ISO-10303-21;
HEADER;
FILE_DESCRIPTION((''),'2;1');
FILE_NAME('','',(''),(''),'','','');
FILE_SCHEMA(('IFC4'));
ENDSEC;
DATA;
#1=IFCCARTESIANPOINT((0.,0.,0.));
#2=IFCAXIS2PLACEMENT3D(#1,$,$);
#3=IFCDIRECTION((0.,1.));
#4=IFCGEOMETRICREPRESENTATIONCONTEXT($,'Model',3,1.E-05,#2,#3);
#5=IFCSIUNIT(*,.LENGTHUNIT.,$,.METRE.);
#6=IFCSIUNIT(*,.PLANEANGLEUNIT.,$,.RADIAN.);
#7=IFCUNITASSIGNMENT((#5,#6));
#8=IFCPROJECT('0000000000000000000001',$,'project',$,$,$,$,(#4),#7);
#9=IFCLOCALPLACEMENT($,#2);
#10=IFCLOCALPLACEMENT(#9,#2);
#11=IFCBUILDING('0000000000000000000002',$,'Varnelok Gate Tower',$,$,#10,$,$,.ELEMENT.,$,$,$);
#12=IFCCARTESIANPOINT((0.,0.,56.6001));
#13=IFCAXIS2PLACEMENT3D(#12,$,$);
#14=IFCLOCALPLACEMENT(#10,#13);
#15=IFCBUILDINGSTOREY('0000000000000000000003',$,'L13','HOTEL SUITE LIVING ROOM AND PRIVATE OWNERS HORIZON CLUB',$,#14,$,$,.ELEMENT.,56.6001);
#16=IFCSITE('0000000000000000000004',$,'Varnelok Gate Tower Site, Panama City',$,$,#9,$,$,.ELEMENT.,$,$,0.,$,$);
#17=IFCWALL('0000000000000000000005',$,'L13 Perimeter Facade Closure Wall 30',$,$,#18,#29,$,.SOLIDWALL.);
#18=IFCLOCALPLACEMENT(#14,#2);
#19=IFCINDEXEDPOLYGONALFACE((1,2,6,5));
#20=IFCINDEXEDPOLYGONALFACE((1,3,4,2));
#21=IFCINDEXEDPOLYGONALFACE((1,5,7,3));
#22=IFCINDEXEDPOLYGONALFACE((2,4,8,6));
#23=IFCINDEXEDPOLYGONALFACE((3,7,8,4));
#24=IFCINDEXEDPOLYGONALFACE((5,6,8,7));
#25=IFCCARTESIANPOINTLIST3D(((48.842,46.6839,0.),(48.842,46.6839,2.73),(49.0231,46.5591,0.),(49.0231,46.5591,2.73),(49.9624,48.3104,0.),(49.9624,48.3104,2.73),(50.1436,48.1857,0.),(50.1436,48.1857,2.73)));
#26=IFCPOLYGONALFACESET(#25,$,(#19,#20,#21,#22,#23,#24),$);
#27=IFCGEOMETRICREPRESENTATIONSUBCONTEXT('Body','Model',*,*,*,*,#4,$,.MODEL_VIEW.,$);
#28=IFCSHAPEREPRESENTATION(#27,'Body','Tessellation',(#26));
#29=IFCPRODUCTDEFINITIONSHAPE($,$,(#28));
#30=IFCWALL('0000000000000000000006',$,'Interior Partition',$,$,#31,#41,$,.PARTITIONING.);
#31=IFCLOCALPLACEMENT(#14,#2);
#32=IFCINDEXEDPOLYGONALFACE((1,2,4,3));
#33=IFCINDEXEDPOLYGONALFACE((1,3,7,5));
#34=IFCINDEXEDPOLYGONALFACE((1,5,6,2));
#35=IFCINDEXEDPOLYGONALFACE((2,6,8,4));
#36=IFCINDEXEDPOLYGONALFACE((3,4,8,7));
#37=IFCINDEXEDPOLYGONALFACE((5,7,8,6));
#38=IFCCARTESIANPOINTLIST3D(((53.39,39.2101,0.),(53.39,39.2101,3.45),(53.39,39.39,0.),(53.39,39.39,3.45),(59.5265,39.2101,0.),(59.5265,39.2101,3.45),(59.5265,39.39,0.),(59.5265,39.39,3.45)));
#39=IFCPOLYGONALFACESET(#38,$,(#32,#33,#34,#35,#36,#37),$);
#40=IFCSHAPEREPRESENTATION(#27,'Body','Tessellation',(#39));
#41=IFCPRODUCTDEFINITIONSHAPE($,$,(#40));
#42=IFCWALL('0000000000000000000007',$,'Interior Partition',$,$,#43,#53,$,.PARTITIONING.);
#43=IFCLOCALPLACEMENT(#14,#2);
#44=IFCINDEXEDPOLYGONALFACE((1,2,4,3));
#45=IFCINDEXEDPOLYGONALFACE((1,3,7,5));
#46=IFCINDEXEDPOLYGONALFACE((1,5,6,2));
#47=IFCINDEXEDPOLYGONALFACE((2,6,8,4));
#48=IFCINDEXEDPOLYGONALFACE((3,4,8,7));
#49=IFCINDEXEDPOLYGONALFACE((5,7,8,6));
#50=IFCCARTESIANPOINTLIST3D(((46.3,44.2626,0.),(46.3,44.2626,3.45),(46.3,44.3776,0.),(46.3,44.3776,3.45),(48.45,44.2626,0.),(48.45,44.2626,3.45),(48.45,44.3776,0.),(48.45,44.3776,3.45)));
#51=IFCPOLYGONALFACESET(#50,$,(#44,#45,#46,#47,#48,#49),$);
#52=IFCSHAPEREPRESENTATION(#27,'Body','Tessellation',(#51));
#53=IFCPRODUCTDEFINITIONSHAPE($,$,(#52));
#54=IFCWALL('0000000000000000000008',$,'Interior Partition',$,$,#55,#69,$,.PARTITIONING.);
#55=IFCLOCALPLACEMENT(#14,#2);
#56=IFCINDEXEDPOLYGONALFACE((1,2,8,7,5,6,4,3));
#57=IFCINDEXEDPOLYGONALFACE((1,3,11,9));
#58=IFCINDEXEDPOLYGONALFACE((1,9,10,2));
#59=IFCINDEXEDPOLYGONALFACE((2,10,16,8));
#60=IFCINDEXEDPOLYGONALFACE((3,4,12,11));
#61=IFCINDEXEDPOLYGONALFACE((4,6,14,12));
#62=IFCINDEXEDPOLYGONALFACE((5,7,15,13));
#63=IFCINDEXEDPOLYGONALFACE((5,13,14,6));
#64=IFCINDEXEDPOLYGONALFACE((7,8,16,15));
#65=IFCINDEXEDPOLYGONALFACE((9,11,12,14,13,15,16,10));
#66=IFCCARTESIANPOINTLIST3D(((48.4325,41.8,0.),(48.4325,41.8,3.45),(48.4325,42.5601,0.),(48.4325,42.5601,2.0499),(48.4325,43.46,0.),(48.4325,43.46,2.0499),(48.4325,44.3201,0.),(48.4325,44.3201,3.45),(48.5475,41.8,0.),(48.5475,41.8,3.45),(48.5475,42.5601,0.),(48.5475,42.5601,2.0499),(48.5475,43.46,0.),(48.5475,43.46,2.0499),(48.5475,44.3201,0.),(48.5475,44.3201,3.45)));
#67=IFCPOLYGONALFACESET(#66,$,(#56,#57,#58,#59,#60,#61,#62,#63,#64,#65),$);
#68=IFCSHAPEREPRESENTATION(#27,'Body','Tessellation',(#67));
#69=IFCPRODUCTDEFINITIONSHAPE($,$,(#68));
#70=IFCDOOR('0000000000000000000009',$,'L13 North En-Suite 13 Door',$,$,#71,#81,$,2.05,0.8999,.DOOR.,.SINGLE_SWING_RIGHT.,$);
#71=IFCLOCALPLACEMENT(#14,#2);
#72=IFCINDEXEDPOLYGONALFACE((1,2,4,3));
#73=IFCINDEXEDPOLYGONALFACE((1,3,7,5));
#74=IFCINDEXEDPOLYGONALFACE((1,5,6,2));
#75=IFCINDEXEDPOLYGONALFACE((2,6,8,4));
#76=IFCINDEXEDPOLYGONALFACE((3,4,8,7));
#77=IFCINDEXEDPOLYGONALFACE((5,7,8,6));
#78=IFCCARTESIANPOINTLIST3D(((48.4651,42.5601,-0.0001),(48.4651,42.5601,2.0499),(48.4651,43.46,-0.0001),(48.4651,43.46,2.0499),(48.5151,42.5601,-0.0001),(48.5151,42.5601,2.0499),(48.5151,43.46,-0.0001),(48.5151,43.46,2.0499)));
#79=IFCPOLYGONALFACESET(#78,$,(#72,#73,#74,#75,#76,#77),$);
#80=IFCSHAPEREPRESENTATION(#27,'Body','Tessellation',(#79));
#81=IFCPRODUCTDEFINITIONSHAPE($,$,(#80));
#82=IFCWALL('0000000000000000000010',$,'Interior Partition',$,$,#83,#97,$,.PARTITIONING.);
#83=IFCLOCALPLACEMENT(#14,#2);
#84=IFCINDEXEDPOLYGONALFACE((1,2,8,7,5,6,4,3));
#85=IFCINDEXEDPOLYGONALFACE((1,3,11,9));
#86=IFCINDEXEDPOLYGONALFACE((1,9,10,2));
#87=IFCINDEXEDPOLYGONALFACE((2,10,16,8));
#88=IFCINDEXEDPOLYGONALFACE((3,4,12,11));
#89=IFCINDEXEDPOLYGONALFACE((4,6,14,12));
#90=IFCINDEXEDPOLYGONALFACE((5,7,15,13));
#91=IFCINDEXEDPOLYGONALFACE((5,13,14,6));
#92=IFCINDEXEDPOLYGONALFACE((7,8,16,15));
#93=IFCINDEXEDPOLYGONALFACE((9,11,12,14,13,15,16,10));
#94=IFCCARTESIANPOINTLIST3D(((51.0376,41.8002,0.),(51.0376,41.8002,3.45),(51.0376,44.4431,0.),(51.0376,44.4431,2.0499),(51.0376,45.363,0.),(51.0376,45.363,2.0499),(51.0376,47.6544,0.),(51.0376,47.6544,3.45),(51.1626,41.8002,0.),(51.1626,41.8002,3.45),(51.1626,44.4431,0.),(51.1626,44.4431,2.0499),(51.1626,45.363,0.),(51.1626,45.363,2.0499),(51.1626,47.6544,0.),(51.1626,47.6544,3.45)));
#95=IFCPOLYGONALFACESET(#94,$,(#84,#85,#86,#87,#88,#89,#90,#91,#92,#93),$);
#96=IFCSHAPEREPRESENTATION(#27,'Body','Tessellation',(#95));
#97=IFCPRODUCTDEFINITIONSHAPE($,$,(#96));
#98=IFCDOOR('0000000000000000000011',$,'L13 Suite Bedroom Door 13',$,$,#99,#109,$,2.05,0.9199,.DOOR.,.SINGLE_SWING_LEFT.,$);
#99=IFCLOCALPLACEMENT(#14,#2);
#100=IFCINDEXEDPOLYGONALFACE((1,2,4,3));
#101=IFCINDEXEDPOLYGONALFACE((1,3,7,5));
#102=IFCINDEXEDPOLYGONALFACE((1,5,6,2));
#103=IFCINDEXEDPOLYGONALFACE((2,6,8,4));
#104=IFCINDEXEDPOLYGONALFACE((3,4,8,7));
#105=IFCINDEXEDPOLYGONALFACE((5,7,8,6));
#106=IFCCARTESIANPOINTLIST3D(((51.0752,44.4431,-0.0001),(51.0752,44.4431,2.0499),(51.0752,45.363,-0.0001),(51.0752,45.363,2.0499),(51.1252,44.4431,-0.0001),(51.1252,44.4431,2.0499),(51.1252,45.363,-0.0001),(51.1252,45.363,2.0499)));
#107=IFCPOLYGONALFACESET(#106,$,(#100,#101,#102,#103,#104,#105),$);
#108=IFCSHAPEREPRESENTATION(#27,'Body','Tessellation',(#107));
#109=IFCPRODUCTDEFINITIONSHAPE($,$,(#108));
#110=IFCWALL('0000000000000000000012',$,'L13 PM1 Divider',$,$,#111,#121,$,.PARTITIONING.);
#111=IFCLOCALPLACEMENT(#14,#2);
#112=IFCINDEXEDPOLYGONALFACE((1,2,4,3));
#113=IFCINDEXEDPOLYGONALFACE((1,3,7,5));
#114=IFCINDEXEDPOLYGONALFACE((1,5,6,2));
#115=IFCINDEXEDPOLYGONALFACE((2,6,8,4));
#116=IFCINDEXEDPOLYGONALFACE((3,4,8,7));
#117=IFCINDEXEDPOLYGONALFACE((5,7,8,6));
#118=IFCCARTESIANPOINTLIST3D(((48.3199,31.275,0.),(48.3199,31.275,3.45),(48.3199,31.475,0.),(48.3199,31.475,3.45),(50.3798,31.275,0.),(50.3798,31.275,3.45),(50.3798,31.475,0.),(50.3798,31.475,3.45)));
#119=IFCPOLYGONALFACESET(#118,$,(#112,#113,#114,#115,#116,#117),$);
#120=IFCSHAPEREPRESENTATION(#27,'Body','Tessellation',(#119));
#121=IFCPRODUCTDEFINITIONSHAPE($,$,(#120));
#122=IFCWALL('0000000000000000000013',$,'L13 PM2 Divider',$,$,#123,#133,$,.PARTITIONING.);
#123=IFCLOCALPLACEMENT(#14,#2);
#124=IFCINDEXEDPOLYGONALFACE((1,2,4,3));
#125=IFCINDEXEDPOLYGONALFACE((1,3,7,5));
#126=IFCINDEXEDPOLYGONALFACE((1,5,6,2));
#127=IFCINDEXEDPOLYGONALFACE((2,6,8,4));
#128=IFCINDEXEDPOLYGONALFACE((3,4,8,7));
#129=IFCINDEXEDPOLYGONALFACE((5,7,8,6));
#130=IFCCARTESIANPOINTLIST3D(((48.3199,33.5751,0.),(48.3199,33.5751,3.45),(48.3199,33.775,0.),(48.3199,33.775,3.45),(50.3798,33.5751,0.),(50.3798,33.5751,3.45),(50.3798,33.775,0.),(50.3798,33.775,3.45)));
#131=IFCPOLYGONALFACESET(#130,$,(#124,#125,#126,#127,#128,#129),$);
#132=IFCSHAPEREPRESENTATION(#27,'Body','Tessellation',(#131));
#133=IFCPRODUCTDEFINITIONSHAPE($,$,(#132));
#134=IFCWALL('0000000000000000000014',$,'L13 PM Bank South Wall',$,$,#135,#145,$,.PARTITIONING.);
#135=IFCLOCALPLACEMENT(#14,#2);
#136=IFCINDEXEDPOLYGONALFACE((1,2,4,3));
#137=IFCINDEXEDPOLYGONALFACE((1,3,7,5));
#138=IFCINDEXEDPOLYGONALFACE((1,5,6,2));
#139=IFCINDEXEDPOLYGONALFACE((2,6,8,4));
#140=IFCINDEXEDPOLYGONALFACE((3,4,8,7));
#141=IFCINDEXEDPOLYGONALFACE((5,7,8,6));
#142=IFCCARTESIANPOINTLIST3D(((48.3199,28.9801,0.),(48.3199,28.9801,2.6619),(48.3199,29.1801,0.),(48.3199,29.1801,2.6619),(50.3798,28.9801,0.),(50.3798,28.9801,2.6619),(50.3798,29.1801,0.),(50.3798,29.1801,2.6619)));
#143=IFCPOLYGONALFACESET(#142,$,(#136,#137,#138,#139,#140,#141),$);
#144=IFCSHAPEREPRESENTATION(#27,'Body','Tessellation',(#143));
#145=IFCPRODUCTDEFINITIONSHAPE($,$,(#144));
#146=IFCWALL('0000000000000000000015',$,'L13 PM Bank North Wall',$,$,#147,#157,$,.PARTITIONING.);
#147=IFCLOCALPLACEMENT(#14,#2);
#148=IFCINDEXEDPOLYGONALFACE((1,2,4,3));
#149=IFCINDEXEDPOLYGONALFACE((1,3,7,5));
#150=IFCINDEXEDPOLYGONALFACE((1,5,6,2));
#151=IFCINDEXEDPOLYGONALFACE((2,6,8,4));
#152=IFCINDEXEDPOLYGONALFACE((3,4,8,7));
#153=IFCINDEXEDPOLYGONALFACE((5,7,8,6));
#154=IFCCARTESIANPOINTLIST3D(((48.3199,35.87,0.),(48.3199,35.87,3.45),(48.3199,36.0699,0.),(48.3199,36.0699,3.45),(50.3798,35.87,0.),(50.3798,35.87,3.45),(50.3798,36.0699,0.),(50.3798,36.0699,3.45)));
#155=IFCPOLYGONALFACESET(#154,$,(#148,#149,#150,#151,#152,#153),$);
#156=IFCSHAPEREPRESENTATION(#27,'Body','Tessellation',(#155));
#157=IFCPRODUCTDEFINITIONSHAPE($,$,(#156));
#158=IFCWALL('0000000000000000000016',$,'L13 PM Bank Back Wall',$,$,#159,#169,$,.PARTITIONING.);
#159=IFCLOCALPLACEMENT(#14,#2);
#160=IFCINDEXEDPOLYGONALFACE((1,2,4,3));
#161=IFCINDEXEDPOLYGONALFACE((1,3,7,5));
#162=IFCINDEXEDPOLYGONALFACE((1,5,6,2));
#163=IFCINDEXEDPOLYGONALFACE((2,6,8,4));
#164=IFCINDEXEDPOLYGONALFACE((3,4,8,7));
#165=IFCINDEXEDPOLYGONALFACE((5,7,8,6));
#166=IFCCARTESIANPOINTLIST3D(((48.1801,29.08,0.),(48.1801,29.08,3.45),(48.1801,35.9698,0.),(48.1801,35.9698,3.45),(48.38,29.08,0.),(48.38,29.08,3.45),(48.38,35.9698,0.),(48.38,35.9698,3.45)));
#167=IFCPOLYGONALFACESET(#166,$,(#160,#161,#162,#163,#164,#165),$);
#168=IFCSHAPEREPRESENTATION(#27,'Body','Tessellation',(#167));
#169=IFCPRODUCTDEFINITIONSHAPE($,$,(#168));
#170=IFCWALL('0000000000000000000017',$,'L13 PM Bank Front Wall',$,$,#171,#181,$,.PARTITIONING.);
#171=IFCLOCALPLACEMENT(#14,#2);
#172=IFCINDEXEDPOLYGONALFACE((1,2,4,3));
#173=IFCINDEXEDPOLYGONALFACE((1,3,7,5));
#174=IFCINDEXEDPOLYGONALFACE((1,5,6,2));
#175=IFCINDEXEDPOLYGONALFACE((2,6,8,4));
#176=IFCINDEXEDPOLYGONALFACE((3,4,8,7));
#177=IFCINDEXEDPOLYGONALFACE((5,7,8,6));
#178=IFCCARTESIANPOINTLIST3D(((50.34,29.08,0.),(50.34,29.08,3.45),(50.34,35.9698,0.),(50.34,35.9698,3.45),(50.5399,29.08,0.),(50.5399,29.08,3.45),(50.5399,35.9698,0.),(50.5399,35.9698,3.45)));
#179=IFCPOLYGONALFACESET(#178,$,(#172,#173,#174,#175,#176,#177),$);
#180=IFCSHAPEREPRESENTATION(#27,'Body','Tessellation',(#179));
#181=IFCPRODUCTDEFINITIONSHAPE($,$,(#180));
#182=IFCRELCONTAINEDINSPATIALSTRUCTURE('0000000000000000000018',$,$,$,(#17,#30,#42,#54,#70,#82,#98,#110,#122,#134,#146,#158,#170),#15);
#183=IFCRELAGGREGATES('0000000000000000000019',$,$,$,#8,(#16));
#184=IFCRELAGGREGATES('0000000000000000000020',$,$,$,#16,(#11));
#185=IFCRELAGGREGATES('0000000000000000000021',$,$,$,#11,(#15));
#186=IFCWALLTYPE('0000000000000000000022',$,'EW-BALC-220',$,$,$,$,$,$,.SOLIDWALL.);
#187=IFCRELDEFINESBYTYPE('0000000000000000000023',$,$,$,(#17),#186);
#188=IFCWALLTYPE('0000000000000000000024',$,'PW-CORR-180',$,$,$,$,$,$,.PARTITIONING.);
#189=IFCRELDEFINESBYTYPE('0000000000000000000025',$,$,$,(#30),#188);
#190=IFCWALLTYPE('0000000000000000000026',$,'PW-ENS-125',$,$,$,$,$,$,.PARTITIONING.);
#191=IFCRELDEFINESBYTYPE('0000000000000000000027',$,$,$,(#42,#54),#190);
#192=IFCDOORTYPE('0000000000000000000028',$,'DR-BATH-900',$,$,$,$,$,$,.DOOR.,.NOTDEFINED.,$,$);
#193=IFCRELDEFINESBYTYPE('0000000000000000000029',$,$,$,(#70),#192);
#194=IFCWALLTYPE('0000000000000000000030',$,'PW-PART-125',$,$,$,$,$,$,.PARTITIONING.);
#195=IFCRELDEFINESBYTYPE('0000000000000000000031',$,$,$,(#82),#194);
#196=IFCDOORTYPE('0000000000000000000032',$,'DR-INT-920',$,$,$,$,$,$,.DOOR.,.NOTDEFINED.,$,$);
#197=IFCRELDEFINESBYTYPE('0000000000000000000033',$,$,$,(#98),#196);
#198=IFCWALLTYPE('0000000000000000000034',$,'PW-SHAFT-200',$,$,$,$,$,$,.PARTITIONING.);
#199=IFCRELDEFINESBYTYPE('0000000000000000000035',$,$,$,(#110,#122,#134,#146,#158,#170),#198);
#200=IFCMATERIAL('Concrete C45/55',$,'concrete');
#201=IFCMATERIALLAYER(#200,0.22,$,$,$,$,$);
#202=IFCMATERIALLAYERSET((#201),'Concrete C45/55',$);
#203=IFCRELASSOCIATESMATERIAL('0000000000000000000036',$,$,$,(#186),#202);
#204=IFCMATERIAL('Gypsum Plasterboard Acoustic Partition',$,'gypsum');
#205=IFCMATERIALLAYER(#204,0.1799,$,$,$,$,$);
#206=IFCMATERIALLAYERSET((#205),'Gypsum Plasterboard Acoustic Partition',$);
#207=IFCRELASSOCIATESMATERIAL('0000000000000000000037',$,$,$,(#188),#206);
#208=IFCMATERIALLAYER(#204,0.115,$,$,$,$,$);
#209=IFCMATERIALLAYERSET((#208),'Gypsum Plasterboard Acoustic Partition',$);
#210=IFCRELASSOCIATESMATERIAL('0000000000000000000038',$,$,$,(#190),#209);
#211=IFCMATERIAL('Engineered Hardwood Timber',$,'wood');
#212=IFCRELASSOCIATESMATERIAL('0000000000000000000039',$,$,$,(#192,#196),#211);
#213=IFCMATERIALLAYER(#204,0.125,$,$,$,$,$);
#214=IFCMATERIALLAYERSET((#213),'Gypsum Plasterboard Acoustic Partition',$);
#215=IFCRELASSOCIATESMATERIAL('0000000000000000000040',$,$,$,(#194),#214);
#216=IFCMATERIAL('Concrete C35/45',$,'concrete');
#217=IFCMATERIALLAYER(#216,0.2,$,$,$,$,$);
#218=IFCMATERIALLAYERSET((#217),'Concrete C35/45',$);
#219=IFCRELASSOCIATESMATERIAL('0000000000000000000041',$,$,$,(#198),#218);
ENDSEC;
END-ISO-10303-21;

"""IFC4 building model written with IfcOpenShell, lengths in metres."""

from ifc_helpers import new_model, si_unit, direction, frame, frame_2d, origin, place, context, subcontext, project, spatial, rectangle, extrude, material, layer, layer_set, type_object, element, fill, save


model = new_model("IFC4")

# Units and contexts
model_context = context("Model", 3, precision=1e-05, world=origin(), true_north=direction((0.0, 1.0)))
body_context = subcontext(model_context, "Body", "Model", "MODEL_VIEW")
ifc_project = project(units=[si_unit("LENGTHUNIT", "METRE"), si_unit("PLANEANGLEUNIT", "RADIAN")], contexts=[model_context])

# Site, building, storey
site_placement = place(None, origin())
site = spatial("IfcSite", under=ifc_project, at=site_placement, Name="Varnelok Gate Tower Site, Panama City", CompositionType="ELEMENT", RefElevation=0.0)
building_placement = place(site_placement, origin())
building = spatial("IfcBuilding", under=site, at=building_placement, Name="Varnelok Gate Tower", CompositionType="ELEMENT")
storey_placement = place(building_placement, frame((0.0, 0.0, 56.6001)))
storey = spatial("IfcBuildingStorey", under=building, at=storey_placement, Name="L13", Description="HOTEL SUITE LIVING ROOM AND PRIVATE OWNERS HORIZON CLUB", CompositionType="ELEMENT", Elevation=56.6001)

# Walls
ifc_material_1 = material(Name="Concrete C45/55", Category="concrete")
ifc_layer_1 = layer(ifc_material_1, 0.22)
ifc_layer_set_1 = layer_set([ifc_layer_1], Name="Concrete C45/55")
wall_type_1 = type_object("IfcWallType", Name="EW-BALC-220", PredefinedType="SOLIDWALL", material=ifc_layer_set_1)
wall_1_placement = place(storey_placement, frame((50.053, 48.248, 0.0), z_axis=(0.0, 0.0, 1.0), x_axis=(-0.567274, -0.823529, 0.0)))
element("IfcWall", 1, at=wall_1_placement, inside=storey, type_object=wall_type_1, Name="L13 Perimeter Facade Closure Wall 30", PredefinedType="SOLIDWALL", context=body_context, shape_type="SweptSolid", body=[
    extrude(rectangle(XDim=1.9751, YDim=0.22, at=frame_2d((0.9875, 0.0))), origin(), (0.0, 0.0, 1.0), 2.73),
])
ifc_material_2 = material(Name="Gypsum Plasterboard Acoustic Partition", Category="gypsum")
ifc_layer_2 = layer(ifc_material_2, 0.1799)
ifc_layer_set_2 = layer_set([ifc_layer_2], Name="Gypsum Plasterboard Acoustic Partition")
wall_type_2 = type_object("IfcWallType", Name="PW-CORR-180", PredefinedType="PARTITIONING", material=ifc_layer_set_2)
wall_2_placement = place(storey_placement, frame((53.3899, 39.3, 0.0), z_axis=(0.0, 0.0, 1.0), x_axis=(1.0, 0.0, 0.0)))
element("IfcWall", 2, at=wall_2_placement, inside=storey, type_object=wall_type_2, Name="Interior Partition", PredefinedType="PARTITIONING", context=body_context, shape_type="SweptSolid", body=[
    extrude(rectangle(XDim=6.1365, YDim=0.1799, at=frame_2d((3.0684, 0.0))), origin(), (0.0, 0.0, 1.0), 3.45),
])
ifc_layer_3 = layer(ifc_material_2, 0.115)
ifc_layer_set_3 = layer_set([ifc_layer_3], Name="Gypsum Plasterboard Acoustic Partition")
wall_type_3 = type_object("IfcWallType", Name="PW-ENS-125", PredefinedType="PARTITIONING", material=ifc_layer_set_3)
wall_3_placement = place(storey_placement, frame((46.3, 44.3201, 0.0), z_axis=(0.0, 0.0, 1.0), x_axis=(1.0, 0.0, 0.0)))
element("IfcWall", 3, at=wall_3_placement, inside=storey, type_object=wall_type_3, Name="Interior Partition", PredefinedType="PARTITIONING", context=body_context, shape_type="SweptSolid", body=[
    extrude(rectangle(XDim=2.1499, YDim=0.115, at=frame_2d((1.075, 0.0))), origin(), (0.0, 0.0, 1.0), 3.45),
])

# Walls, openings, doors
wall_4_placement = place(storey_placement, frame((48.49, 41.8, 0.0), z_axis=(0.0, 0.0, 1.0), x_axis=(0.0, 1.0, 0.0)))
wall_4 = element("IfcWall", 4, at=wall_4_placement, inside=storey, type_object=wall_type_3, Name="Interior Partition", PredefinedType="PARTITIONING", context=body_context, shape_type="SweptSolid", body=[
    extrude(rectangle(XDim=2.52, YDim=0.115, at=frame_2d((1.26, 0.0))), origin(), (0.0, 0.0, 1.0), 3.45),
])
opening_1_placement = place(wall_4_placement, frame((0.76, 0.0, 0.0)))
opening_1 = element("IfcOpeningElement", 5, at=opening_1_placement, cuts=wall_4, PredefinedType="OPENING", context=body_context, shape_type="SweptSolid", body=[
    extrude(rectangle(XDim=0.8999, YDim=2.05, at=frame_2d((0.45, 1.0249))), frame((0.0, 0.0674, 0.0), z_axis=(0.0, -1.0, 0.0), x_axis=(1.0, 0.0, 0.0)), (0.0, 0.0, 1.0), 0.135),
])
ifc_material_3 = material(Name="Engineered Hardwood Timber", Category="wood")
door_type_1 = type_object("IfcDoorType", Name="DR-BATH-900", OperationType="NOTDEFINED", PredefinedType="DOOR", material=ifc_material_3)
door_1_placement = place(opening_1_placement, origin())
door_1 = element("IfcDoor", 6, at=door_1_placement, inside=storey, type_object=door_type_1, Name="L13 North En-Suite 13 Door", OperationType="SINGLE_SWING_RIGHT", OverallHeight=2.05, OverallWidth=0.8999, PredefinedType="DOOR", context=body_context, shape_type="SweptSolid", body=[
    extrude(rectangle(XDim=0.8999, YDim=2.05, at=frame_2d((0.45, 1.0249))), frame((0.0, 0.0249, 0.0), z_axis=(0.0, -1.0, 0.0), x_axis=(1.0, 0.0, 0.0)), (0.0, 0.0, 1.0), 0.05),
])
fill(opening_1, door_1)
ifc_layer_4 = layer(ifc_material_2, 0.125)
ifc_layer_set_4 = layer_set([ifc_layer_4], Name="Gypsum Plasterboard Acoustic Partition")
wall_type_4 = type_object("IfcWallType", Name="PW-PART-125", PredefinedType="PARTITIONING", material=ifc_layer_set_4)
wall_5_placement = place(storey_placement, frame((51.1001, 41.8, 0.0), z_axis=(0.0, 0.0, 1.0), x_axis=(0.0, 1.0, 0.0)))
wall_5 = element("IfcWall", 7, at=wall_5_placement, inside=storey, type_object=wall_type_4, Name="Interior Partition", PredefinedType="PARTITIONING", context=body_context, shape_type="SweptSolid", body=[
    extrude(rectangle(XDim=5.8542, YDim=0.125, at=frame_2d((2.9272, 0.0))), origin(), (0.0, 0.0, 1.0), 3.45),
])
opening_2_placement = place(wall_5_placement, frame((2.6431, 0.0, 0.0)))
opening_2 = element("IfcOpeningElement", 8, at=opening_2_placement, cuts=wall_5, PredefinedType="OPENING", context=body_context, shape_type="SweptSolid", body=[
    extrude(rectangle(XDim=0.9199, YDim=2.05, at=frame_2d((0.46, 1.0249))), frame((0.0, 0.0725, 0.0), z_axis=(0.0, -1.0, 0.0), x_axis=(1.0, 0.0, 0.0)), (0.0, 0.0, 1.0), 0.145),
])
door_type_2 = type_object("IfcDoorType", Name="DR-INT-920", OperationType="NOTDEFINED", PredefinedType="DOOR", material=ifc_material_3)
door_2_placement = place(opening_2_placement, origin())
door_2 = element("IfcDoor", 9, at=door_2_placement, inside=storey, type_object=door_type_2, Name="L13 Suite Bedroom Door 13", OperationType="SINGLE_SWING_LEFT", OverallHeight=2.05, OverallWidth=0.9199, PredefinedType="DOOR", context=body_context, shape_type="SweptSolid", body=[
    extrude(rectangle(XDim=0.9199, YDim=2.05, at=frame_2d((0.46, 1.0249))), frame((0.0, 0.0249, 0.0), z_axis=(0.0, -1.0, 0.0), x_axis=(1.0, 0.0, 0.0)), (0.0, 0.0, 1.0), 0.05),
])
fill(opening_2, door_2)

# Walls
ifc_material_4 = material(Name="Concrete C35/45", Category="concrete")
ifc_layer_5 = layer(ifc_material_4, 0.2)
ifc_layer_set_5 = layer_set([ifc_layer_5], Name="Concrete C35/45")
wall_type_5 = type_object("IfcWallType", Name="PW-SHAFT-200", PredefinedType="PARTITIONING", material=ifc_layer_set_5)
for number, where, z_axis, x_axis, name in (
    (10, (48.3201, 31.375, 0.0), (0.0, 0.0, 1.0), (1.0, 0.0, 0.0), "L13 PM1 Divider"),
    (11, (48.3201, 33.675, 0.0), (0.0, 0.0, 1.0), (1.0, 0.0, 0.0), "L13 PM2 Divider"),
):
    element("IfcWall", number, at=place(storey_placement, frame(where, z_axis=z_axis, x_axis=x_axis)), inside=storey, type_object=wall_type_5, Name=name, PredefinedType="PARTITIONING", context=body_context, shape_type="SweptSolid", body=[
        extrude(rectangle(XDim=2.0598, YDim=0.2, at=frame_2d((1.0298, 0.0))), origin(), (0.0, 0.0, 1.0), 3.45),
    ])
wall_6_placement = place(storey_placement, frame((48.3201, 29.0801, 0.0), z_axis=(0.0, 0.0, 1.0), x_axis=(1.0, 0.0, 0.0)))
element("IfcWall", 12, at=wall_6_placement, inside=storey, type_object=wall_type_5, Name="L13 PM Bank South Wall", PredefinedType="PARTITIONING", context=body_context, shape_type="SweptSolid", body=[
    extrude(rectangle(XDim=2.0598, YDim=0.2, at=frame_2d((1.0298, 0.0))), origin(), (0.0, 0.0, 1.0), 2.6619),
])
wall_7_placement = place(storey_placement, frame((48.3201, 35.97, 0.0), z_axis=(0.0, 0.0, 1.0), x_axis=(1.0, 0.0, 0.0)))
element("IfcWall", 13, at=wall_7_placement, inside=storey, type_object=wall_type_5, Name="L13 PM Bank North Wall", PredefinedType="PARTITIONING", context=body_context, shape_type="SweptSolid", body=[
    extrude(rectangle(XDim=2.0598, YDim=0.2, at=frame_2d((1.0298, 0.0))), origin(), (0.0, 0.0, 1.0), 3.45),
])
for number, where, z_axis, x_axis, name in (
    (14, (48.28, 29.0801, 0.0), (0.0, 0.0, 1.0), (0.0, 1.0, 0.0), "L13 PM Bank Back Wall"),
    (15, (50.4399, 29.0801, 0.0), (0.0, 0.0, 1.0), (0.0, 1.0, 0.0), "L13 PM Bank Front Wall"),
):
    element("IfcWall", number, at=place(storey_placement, frame(where, z_axis=z_axis, x_axis=x_axis)), inside=storey, type_object=wall_type_5, Name=name, PredefinedType="PARTITIONING", context=body_context, shape_type="SweptSolid", body=[
        extrude(rectangle(XDim=6.8899, YDim=0.2, at=frame_2d((3.4448, 0.0))), origin(), (0.0, 0.0, 1.0), 3.45),
    ])

save(model, "model.ifc")
